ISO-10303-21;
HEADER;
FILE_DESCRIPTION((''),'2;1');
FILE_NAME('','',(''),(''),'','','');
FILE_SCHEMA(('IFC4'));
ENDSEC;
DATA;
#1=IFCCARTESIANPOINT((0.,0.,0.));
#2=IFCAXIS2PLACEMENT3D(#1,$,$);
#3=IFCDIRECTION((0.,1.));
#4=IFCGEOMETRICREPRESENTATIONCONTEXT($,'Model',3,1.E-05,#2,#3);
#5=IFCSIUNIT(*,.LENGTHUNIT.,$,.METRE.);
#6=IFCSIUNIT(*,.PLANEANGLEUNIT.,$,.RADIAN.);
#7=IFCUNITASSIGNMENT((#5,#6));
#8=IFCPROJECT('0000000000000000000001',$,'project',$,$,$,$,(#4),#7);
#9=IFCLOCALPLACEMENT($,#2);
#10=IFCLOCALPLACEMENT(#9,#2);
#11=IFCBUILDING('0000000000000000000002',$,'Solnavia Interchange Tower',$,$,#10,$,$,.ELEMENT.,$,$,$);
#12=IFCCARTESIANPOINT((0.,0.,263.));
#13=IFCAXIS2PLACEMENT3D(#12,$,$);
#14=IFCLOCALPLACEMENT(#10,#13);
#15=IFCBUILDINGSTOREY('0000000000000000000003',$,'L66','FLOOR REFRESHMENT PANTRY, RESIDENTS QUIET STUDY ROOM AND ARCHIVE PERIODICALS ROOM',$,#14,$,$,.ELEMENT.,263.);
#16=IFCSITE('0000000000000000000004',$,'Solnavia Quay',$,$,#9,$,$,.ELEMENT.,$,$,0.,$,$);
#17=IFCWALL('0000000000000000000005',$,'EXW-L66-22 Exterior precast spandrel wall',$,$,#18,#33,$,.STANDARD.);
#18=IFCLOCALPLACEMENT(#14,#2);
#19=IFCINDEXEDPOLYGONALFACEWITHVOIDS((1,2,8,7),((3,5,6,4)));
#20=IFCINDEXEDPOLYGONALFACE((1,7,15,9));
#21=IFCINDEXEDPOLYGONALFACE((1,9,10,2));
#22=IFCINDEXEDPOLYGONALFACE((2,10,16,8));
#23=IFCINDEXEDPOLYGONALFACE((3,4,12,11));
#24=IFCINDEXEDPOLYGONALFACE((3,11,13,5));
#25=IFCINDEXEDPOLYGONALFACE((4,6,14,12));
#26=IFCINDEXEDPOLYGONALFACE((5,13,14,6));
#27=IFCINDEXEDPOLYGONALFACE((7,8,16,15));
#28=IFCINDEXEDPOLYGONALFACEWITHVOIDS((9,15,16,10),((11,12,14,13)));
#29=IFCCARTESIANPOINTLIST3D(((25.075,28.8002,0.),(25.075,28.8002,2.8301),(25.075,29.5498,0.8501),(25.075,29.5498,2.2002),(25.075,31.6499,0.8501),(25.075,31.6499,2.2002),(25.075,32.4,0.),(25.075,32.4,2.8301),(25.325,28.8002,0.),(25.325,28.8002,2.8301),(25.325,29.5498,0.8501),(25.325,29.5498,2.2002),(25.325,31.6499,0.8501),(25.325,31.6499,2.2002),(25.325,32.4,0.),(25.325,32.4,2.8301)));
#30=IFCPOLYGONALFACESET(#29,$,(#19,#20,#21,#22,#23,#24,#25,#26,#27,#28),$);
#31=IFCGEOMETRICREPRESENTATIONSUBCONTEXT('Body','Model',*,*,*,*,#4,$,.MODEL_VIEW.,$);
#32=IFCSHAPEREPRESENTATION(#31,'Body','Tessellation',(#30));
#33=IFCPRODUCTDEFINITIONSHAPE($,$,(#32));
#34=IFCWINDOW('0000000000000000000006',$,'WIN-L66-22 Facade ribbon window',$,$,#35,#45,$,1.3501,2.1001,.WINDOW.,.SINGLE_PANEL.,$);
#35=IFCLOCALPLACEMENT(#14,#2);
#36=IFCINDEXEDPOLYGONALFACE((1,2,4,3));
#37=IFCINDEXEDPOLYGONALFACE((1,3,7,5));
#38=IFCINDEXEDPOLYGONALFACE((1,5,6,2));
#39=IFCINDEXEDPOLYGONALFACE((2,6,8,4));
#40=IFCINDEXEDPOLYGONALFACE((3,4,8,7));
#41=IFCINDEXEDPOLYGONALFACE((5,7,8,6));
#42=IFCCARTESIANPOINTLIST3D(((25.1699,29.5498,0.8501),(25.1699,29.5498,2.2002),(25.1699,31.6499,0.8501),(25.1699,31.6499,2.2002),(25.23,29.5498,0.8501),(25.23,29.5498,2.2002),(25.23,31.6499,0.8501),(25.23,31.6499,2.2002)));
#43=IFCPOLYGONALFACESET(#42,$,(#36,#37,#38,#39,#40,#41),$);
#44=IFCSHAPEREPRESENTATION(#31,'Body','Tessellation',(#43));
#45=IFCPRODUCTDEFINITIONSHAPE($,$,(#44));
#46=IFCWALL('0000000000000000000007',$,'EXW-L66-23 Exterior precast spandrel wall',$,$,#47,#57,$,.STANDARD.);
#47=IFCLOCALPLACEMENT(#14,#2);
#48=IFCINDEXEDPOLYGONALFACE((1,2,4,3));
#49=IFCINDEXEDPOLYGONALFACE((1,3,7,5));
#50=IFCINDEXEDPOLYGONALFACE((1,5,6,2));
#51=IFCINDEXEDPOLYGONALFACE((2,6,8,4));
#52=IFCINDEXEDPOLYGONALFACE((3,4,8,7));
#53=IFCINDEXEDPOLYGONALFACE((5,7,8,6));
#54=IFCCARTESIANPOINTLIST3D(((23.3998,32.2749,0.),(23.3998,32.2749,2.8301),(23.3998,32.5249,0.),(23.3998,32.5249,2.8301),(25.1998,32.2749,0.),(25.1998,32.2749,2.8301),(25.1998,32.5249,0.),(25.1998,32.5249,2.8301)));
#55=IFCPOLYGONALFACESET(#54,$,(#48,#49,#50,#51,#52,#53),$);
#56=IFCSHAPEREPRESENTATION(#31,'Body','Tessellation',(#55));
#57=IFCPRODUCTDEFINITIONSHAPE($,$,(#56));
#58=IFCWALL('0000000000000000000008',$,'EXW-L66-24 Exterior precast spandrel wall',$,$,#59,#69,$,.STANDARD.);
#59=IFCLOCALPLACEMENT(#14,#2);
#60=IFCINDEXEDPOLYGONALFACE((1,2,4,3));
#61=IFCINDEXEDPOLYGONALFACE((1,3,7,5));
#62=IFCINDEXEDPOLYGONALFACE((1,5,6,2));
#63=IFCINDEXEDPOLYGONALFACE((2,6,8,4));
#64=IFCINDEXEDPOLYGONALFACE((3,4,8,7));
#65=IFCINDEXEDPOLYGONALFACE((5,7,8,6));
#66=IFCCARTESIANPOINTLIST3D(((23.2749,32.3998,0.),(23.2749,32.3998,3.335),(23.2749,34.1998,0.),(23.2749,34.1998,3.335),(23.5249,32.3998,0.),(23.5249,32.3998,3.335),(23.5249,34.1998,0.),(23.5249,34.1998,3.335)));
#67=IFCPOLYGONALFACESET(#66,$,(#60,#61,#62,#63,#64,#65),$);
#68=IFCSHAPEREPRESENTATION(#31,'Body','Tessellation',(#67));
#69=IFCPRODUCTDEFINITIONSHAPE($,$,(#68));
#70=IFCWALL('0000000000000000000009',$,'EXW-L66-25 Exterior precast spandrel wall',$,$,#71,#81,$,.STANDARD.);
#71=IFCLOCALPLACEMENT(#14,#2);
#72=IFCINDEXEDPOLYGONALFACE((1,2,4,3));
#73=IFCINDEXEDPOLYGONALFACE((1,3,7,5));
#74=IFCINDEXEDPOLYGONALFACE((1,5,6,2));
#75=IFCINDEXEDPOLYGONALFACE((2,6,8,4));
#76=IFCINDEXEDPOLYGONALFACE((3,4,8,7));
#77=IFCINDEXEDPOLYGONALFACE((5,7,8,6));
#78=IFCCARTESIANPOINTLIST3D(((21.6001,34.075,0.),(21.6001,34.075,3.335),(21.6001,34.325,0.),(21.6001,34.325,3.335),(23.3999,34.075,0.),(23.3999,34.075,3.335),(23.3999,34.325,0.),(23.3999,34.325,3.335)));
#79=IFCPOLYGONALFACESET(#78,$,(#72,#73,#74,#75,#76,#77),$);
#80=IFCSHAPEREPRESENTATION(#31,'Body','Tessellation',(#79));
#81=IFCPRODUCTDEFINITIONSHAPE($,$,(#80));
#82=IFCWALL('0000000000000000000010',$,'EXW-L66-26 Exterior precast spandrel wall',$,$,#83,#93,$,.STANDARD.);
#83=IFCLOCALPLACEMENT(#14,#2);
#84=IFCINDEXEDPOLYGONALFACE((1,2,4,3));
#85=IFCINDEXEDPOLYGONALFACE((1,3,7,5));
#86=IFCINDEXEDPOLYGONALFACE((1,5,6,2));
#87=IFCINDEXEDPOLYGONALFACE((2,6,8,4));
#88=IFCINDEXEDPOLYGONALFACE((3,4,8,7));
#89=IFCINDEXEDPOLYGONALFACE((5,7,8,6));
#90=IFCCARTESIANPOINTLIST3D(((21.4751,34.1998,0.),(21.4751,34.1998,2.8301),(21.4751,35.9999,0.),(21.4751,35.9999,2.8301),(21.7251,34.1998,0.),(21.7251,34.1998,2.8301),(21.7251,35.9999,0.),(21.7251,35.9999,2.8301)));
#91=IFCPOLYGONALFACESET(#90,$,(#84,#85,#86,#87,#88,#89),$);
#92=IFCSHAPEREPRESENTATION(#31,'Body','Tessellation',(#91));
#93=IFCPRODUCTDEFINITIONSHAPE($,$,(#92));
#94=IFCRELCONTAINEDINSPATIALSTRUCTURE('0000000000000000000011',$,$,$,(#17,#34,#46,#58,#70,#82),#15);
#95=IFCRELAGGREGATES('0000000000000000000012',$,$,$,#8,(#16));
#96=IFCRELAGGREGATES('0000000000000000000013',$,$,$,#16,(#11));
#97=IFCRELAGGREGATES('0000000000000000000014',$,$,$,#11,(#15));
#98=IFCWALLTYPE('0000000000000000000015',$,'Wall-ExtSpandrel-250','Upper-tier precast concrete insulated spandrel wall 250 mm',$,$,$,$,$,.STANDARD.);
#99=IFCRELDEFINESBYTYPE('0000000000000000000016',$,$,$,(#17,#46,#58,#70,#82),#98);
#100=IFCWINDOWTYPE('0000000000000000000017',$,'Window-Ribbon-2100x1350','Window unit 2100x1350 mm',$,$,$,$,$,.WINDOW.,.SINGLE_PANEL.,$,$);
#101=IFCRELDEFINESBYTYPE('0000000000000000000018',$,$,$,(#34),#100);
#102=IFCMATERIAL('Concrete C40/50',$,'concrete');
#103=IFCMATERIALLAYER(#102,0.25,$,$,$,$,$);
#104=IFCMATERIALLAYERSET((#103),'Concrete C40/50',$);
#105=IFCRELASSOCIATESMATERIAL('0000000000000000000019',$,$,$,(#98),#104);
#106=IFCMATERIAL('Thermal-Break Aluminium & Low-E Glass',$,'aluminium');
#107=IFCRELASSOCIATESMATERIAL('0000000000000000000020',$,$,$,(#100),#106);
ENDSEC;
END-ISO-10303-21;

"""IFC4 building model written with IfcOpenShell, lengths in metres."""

from ifc_helpers import new_model, si_unit, direction, frame, frame_2d, origin, place, context, subcontext, project, spatial, rectangle, extrude, material, layer, layer_set, type_object, element, fill, save


model = new_model("IFC4")

# Units and contexts
model_context = context("Model", 3, precision=1e-05, world=origin(), true_north=direction((0.0, 1.0)))
body_context = subcontext(model_context, "Body", "Model", "MODEL_VIEW")
ifc_project = project(units=[si_unit("LENGTHUNIT", "METRE"), si_unit("PLANEANGLEUNIT", "RADIAN")], contexts=[model_context])

# Site, building, storey
site_placement = place(None, origin())
site = spatial("IfcSite", under=ifc_project, at=site_placement, Name="Solnavia Quay", CompositionType="ELEMENT", RefElevation=0.0)
building_placement = place(site_placement, origin())
building = spatial("IfcBuilding", under=site, at=building_placement, Name="Solnavia Interchange Tower", CompositionType="ELEMENT")
storey_placement = place(building_placement, frame((0.0, 0.0, 263.0)))
storey = spatial("IfcBuildingStorey", under=building, at=storey_placement, Name="L66", Description="FLOOR REFRESHMENT PANTRY, RESIDENTS QUIET STUDY ROOM AND ARCHIVE PERIODICALS ROOM", CompositionType="ELEMENT", Elevation=263.0)

# Shared definitions
ifc_material_1 = material(Name="Concrete C40/50", Category="concrete")
ifc_layer = layer(ifc_material_1, 0.25)
ifc_layer_set = layer_set([ifc_layer], Name="Concrete C40/50")
wall_type = type_object("IfcWallType", Name="Wall-ExtSpandrel-250", Description="Upper-tier precast concrete insulated spandrel wall 250 mm", PredefinedType="STANDARD", material=ifc_layer_set)
ifc_material_2 = material(Name="Thermal-Break Aluminium & Low-E Glass", Category="aluminium")
window_type = type_object("IfcWindowType", Name="Window-Ribbon-2100x1350", Description="Window unit 2100x1350 mm", PartitioningType="SINGLE_PANEL", PredefinedType="WINDOW", material=ifc_material_2)

# Wall, opening, window
wall_1_placement = place(storey_placement, frame((25.2, 32.3999, 0.0), z_axis=(0.0, 0.0, 1.0), x_axis=(0.0, -1.0, 0.0)))
wall_1 = element("IfcWall", 1, at=wall_1_placement, inside=storey, type_object=wall_type, Name="EXW-L66-22 Exterior precast spandrel wall", PredefinedType="STANDARD", context=body_context, shape_type="SweptSolid", body=[
    extrude(rectangle(XDim=3.5999, YDim=0.25, at=frame_2d((1.7998, 0.0))), origin(), (0.0, 0.0, 1.0), 2.8301),
])
opening_1_placement = place(wall_1_placement, frame((0.75, 0.0, 0.8501)))
opening_1 = element("IfcOpeningElement", 2, at=opening_1_placement, cuts=wall_1, PredefinedType="OPENING", context=body_context, shape_type="SweptSolid", body=[
    extrude(rectangle(XDim=2.1001, YDim=1.3501, at=frame_2d((1.05, 0.675))), frame((0.0, 0.135, 0.0), z_axis=(0.0, -1.0, 0.0), x_axis=(1.0, 0.0, 0.0)), (0.0, 0.0, 1.0), 0.27),
])
window_1_placement = place(opening_1_placement, origin())
window_1 = element("IfcWindow", 3, at=window_1_placement, inside=storey, type_object=window_type, Name="WIN-L66-22 Facade ribbon window", OverallHeight=1.3501, OverallWidth=2.1001, PartitioningType="SINGLE_PANEL", PredefinedType="WINDOW", context=body_context, shape_type="SweptSolid", body=[
    extrude(rectangle(XDim=2.1001, YDim=1.3501, at=frame_2d((1.05, 0.675))), frame((0.0, 0.03, 0.0), z_axis=(0.0, -1.0, 0.0), x_axis=(1.0, 0.0, 0.0)), (0.0, 0.0, 1.0), 0.0601),
])
fill(opening_1, window_1)

# Walls
wall_2_placement = place(storey_placement, frame((23.3999, 32.3999, 0.0), z_axis=(0.0, 0.0, 1.0), x_axis=(1.0, 0.0, 0.0)))
element("IfcWall", 4, at=wall_2_placement, inside=storey, type_object=wall_type, Name="EXW-L66-23 Exterior precast spandrel wall", PredefinedType="STANDARD", context=body_context, shape_type="SweptSolid", body=[
    extrude(rectangle(XDim=1.8, YDim=0.25, at=frame_2d((0.8999, 0.0))), origin(), (0.0, 0.0, 1.0), 2.8301),
])
wall_3_placement = place(storey_placement, frame((23.3999, 32.3999, 0.0), z_axis=(0.0, 0.0, 1.0), x_axis=(0.0, 1.0, 0.0)))
element("IfcWall", 5, at=wall_3_placement, inside=storey, type_object=wall_type, Name="EXW-L66-24 Exterior precast spandrel wall", PredefinedType="STANDARD", context=body_context, shape_type="SweptSolid", body=[
    extrude(rectangle(XDim=1.8, YDim=0.25, at=frame_2d((0.8999, 0.0))), origin(), (0.0, 0.0, 1.0), 3.335),
])
wall_4_placement = place(storey_placement, frame((21.6001, 34.2, 0.0), z_axis=(0.0, 0.0, 1.0), x_axis=(1.0, 0.0, 0.0)))
element("IfcWall", 6, at=wall_4_placement, inside=storey, type_object=wall_type, Name="EXW-L66-25 Exterior precast spandrel wall", PredefinedType="STANDARD", context=body_context, shape_type="SweptSolid", body=[
    extrude(rectangle(XDim=1.7998, YDim=0.25, at=frame_2d((0.8999, 0.0))), origin(), (0.0, 0.0, 1.0), 3.335),
])
wall_5_placement = place(storey_placement, frame((21.6001, 34.2, 0.0), z_axis=(0.0, 0.0, 1.0), x_axis=(0.0, 1.0, 0.0)))
element("IfcWall", 7, at=wall_5_placement, inside=storey, type_object=wall_type, Name="EXW-L66-26 Exterior precast spandrel wall", PredefinedType="STANDARD", context=body_context, shape_type="SweptSolid", body=[
    extrude(rectangle(XDim=1.8, YDim=0.25, at=frame_2d((0.8999, 0.0))), origin(), (0.0, 0.0, 1.0), 2.8301),
])

save(model, "model.ifc")
